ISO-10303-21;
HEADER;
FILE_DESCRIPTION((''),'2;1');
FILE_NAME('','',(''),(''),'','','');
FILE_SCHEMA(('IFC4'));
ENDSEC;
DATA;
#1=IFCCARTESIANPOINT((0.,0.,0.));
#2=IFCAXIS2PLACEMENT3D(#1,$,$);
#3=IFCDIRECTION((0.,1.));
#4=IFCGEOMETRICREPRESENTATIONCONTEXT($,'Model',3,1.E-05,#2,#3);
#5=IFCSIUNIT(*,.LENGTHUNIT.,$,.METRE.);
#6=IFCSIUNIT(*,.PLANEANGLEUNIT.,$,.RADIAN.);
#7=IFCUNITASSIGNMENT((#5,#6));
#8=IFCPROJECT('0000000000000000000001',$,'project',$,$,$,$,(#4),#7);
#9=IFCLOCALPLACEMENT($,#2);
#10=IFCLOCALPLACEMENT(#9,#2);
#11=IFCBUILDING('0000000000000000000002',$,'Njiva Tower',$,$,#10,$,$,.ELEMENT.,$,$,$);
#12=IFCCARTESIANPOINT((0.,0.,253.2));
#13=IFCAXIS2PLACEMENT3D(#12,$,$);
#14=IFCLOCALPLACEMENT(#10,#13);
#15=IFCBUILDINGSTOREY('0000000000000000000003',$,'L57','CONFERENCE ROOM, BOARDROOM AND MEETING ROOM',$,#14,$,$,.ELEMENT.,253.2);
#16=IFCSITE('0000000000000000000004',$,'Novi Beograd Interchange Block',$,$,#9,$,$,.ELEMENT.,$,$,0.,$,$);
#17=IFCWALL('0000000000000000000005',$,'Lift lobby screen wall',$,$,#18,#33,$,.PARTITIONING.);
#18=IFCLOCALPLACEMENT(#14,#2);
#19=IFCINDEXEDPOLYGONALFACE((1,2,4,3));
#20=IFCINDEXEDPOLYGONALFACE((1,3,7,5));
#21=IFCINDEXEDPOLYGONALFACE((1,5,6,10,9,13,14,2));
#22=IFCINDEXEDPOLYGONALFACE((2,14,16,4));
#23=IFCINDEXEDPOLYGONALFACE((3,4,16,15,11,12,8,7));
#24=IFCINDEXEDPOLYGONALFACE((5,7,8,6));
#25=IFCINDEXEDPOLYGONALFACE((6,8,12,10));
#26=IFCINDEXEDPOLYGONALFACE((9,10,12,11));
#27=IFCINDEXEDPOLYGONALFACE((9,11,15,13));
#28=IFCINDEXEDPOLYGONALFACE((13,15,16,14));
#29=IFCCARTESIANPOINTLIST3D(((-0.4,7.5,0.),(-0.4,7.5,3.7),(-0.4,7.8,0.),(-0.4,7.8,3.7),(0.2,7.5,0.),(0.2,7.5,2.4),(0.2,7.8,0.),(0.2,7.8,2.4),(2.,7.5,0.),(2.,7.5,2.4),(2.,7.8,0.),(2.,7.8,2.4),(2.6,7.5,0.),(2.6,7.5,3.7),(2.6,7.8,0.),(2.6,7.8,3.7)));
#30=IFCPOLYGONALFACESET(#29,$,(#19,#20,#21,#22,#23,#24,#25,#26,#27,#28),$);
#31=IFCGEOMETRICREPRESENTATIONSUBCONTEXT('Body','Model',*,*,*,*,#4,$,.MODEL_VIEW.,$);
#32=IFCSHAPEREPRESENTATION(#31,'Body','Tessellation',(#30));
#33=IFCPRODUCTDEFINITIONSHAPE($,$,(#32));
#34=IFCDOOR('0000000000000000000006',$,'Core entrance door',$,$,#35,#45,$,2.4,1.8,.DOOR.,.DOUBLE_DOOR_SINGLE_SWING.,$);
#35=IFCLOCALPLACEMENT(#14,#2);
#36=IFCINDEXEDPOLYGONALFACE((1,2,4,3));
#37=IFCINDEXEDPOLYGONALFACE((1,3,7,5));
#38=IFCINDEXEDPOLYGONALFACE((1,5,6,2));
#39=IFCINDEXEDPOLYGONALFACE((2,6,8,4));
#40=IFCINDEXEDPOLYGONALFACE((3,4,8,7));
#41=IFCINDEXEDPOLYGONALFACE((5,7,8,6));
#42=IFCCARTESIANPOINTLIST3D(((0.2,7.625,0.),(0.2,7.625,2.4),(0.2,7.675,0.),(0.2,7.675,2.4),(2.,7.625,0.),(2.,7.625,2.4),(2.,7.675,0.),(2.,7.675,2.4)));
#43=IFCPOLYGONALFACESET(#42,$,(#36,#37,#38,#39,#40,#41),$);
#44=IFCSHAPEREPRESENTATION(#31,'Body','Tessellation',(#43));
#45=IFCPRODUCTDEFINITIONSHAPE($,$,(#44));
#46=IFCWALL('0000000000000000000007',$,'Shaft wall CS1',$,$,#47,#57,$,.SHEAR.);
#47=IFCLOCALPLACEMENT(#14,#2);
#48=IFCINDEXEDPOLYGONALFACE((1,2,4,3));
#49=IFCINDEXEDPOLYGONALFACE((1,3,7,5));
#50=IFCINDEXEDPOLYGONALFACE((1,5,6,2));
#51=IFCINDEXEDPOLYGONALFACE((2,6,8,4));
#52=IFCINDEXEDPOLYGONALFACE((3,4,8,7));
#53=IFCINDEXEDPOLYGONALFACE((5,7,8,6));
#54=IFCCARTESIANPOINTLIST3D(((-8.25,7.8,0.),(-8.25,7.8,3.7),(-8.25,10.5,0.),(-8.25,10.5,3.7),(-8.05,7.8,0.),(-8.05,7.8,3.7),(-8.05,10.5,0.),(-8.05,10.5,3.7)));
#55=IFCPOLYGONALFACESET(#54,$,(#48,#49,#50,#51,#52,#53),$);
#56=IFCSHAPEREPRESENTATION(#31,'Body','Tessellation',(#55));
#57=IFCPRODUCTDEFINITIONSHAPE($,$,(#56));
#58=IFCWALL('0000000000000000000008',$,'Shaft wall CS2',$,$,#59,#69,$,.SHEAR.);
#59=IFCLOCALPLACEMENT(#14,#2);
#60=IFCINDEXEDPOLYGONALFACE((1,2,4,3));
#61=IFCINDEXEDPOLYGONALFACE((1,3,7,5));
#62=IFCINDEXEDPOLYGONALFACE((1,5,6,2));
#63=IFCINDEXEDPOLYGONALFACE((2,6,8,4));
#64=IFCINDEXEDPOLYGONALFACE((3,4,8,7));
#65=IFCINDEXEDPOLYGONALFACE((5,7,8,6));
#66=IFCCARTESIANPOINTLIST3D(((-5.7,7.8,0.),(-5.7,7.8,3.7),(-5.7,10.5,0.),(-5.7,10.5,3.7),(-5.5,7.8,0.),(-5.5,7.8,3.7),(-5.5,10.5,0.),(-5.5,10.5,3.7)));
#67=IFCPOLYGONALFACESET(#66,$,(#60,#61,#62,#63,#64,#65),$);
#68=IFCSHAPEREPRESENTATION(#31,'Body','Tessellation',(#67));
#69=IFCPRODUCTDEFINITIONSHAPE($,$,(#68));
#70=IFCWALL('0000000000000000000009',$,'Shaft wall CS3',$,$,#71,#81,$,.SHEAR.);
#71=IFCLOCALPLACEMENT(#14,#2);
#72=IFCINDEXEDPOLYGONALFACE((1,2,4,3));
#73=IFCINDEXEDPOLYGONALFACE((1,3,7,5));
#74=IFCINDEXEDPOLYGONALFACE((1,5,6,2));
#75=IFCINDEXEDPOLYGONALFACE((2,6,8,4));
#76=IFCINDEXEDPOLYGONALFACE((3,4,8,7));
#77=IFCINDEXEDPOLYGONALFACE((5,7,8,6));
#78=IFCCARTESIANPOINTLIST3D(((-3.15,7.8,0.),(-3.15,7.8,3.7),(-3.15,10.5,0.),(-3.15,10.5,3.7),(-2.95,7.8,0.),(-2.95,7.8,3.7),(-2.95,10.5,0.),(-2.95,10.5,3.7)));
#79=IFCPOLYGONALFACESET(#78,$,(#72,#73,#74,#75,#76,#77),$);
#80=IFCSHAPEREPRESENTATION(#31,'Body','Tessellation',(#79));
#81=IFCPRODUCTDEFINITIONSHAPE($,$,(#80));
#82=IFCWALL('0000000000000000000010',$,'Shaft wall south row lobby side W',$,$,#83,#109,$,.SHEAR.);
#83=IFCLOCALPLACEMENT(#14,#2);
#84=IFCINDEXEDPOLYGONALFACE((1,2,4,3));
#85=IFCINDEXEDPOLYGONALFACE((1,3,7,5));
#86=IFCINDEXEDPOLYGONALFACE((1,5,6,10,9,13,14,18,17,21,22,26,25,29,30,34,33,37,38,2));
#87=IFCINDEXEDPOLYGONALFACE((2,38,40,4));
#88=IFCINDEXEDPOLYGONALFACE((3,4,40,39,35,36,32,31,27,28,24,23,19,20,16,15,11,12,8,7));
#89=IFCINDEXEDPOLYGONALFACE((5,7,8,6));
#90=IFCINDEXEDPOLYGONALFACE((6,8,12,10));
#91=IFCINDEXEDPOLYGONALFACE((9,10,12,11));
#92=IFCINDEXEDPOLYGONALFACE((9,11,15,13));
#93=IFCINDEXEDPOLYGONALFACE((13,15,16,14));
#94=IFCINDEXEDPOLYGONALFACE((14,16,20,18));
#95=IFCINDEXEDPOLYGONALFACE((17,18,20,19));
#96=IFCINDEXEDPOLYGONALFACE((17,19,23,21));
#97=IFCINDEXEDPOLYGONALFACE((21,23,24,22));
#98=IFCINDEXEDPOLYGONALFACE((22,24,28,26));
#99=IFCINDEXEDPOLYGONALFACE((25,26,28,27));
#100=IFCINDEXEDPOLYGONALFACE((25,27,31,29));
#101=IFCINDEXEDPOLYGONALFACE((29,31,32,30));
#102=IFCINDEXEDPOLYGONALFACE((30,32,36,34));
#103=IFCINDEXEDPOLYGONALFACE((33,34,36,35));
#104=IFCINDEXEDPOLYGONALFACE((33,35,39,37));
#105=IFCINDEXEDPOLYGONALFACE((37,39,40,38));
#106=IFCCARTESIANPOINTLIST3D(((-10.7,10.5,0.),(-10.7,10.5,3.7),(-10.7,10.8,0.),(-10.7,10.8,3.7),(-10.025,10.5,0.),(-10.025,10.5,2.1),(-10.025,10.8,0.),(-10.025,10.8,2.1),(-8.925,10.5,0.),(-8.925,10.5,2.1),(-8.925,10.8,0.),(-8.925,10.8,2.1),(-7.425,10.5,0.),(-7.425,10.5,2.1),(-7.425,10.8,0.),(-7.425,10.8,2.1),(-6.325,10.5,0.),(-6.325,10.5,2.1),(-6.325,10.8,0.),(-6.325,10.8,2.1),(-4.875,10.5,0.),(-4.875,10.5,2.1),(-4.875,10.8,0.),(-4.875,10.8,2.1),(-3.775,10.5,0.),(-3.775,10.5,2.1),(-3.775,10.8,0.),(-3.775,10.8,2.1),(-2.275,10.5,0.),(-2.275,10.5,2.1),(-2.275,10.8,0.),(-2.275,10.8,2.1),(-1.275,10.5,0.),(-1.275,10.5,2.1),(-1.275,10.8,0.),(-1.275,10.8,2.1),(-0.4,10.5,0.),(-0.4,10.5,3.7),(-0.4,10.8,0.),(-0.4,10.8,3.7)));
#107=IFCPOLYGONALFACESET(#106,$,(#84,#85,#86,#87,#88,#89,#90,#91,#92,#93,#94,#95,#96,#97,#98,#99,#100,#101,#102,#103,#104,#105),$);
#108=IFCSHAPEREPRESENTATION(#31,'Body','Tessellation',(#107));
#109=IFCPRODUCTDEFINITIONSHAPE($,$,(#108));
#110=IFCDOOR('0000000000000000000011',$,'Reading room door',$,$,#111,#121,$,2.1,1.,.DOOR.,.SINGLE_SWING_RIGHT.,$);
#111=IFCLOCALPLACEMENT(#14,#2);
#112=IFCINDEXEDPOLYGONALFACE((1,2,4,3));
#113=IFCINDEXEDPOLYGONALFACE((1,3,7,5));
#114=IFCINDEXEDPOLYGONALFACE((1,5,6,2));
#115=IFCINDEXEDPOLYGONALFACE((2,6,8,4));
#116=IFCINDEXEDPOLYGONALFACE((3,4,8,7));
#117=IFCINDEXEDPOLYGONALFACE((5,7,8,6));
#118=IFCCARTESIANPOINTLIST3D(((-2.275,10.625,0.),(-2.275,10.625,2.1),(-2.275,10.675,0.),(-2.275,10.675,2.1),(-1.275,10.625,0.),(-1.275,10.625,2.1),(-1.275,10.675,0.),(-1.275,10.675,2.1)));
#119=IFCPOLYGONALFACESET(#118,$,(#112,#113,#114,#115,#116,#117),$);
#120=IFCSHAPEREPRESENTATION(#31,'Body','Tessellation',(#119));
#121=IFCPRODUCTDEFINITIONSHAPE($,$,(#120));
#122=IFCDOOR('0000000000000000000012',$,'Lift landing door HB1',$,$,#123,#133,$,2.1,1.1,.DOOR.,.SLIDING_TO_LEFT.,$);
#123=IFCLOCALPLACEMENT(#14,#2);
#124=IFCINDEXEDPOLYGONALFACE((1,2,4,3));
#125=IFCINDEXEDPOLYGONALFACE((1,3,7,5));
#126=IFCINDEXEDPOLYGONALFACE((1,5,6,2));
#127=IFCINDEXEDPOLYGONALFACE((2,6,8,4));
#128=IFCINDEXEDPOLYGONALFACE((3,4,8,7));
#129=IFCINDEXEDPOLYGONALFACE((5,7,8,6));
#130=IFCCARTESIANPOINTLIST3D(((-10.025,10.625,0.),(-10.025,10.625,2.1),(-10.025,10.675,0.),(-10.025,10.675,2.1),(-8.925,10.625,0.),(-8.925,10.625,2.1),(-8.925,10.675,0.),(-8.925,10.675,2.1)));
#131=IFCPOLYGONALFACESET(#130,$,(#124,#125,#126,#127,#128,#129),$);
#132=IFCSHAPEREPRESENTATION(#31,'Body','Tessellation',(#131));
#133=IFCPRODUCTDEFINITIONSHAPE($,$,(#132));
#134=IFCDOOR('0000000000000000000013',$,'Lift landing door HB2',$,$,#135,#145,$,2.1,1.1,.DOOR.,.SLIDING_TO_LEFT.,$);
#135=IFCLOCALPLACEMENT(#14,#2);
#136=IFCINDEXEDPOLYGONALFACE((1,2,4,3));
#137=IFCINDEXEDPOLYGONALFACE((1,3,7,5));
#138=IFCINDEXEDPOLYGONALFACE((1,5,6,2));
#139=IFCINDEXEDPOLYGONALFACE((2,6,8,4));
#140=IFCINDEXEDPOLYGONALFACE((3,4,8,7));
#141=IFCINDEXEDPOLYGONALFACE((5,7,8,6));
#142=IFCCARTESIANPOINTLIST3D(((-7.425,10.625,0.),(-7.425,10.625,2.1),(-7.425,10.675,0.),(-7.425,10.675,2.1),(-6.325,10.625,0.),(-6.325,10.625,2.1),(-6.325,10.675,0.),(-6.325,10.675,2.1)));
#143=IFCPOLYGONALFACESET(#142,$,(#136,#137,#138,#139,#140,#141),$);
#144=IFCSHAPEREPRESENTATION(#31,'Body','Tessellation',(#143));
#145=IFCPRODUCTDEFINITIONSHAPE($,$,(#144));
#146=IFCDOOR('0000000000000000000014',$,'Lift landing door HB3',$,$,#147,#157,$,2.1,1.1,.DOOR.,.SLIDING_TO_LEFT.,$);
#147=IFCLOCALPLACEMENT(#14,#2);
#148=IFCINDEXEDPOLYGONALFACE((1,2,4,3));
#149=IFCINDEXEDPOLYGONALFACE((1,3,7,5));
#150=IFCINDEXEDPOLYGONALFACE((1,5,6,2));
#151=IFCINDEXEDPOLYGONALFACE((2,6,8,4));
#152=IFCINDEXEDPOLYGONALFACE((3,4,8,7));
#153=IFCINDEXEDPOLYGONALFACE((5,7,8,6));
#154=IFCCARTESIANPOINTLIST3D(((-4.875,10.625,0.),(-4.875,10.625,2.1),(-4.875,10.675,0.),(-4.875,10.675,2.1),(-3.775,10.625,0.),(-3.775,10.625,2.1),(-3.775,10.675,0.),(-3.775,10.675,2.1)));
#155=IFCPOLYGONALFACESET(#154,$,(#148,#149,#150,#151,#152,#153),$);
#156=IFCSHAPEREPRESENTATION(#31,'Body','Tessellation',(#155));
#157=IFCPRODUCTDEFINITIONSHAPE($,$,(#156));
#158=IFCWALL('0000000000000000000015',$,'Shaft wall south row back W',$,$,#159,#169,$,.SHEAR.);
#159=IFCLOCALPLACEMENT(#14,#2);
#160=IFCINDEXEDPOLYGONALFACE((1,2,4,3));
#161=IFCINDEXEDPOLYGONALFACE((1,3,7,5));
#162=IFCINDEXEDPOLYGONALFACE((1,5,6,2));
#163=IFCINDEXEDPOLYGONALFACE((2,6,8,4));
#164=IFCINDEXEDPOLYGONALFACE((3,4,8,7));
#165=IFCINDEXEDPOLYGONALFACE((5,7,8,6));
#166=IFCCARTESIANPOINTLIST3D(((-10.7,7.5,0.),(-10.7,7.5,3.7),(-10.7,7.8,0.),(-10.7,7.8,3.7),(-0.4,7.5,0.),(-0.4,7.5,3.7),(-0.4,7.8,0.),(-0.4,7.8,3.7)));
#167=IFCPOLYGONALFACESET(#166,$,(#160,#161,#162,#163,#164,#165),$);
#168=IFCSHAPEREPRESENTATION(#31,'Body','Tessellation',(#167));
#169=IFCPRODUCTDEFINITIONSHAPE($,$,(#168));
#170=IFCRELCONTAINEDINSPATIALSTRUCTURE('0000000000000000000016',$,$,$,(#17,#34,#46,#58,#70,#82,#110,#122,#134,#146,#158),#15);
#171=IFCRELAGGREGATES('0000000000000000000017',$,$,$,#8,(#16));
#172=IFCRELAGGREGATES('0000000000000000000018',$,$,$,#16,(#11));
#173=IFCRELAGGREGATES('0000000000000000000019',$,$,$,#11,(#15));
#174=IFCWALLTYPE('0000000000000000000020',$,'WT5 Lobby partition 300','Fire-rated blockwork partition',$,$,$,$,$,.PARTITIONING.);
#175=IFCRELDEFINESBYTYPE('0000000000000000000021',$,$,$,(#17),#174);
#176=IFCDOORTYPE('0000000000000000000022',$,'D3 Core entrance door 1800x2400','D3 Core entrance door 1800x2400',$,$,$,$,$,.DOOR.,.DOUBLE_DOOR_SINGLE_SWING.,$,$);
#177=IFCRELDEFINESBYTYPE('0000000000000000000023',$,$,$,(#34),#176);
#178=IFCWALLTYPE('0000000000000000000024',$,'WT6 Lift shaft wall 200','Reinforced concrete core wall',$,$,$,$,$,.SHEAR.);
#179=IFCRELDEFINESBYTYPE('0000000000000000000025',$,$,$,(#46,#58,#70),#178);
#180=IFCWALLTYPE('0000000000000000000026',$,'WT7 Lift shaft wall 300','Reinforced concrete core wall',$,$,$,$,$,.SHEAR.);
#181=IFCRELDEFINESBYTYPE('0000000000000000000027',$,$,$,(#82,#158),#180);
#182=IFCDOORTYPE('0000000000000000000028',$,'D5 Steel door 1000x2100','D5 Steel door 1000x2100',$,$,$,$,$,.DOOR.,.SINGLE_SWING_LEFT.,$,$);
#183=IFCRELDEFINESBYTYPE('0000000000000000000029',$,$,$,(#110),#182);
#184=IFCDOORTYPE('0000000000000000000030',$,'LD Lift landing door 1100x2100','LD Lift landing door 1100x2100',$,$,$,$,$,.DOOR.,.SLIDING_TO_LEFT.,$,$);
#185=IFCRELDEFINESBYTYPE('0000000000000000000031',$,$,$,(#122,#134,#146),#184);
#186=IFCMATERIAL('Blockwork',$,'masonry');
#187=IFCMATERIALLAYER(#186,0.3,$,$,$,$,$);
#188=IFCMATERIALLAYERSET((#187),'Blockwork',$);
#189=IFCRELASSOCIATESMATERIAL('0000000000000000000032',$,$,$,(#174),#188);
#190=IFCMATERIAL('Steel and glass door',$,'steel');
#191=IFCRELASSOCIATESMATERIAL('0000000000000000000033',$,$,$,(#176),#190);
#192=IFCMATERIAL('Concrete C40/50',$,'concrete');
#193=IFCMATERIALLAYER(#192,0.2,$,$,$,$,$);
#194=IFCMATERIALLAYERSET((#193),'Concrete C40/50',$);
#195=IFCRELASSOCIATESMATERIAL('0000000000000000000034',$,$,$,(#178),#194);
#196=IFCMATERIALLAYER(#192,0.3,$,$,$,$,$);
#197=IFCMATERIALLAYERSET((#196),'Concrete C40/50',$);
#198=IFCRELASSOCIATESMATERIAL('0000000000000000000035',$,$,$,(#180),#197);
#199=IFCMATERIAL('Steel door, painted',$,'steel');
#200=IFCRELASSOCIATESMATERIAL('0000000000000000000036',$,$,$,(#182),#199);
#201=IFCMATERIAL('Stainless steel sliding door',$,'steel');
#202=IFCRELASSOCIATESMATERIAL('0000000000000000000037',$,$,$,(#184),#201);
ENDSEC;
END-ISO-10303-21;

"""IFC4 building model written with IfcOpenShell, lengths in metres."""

from ifc_helpers import new_model, si_unit, direction, frame, frame_2d, origin, place, context, subcontext, project, spatial, rectangle, extrude, material, layer, layer_set, type_object, element, fill, save


model = new_model("IFC4")

# Units and contexts
model_context = context("Model", 3, precision=1e-05, world=origin(), true_north=direction((0.0, 1.0)))
body_context = subcontext(model_context, "Body", "Model", "MODEL_VIEW")
ifc_project = project(units=[si_unit("LENGTHUNIT", "METRE"), si_unit("PLANEANGLEUNIT", "RADIAN")], contexts=[model_context])

# Site, building, storey
site_placement = place(None, origin())
site = spatial("IfcSite", under=ifc_project, at=site_placement, Name="Novi Beograd Interchange Block", CompositionType="ELEMENT", RefElevation=0.0)
building_placement = place(site_placement, origin())
building = spatial("IfcBuilding", under=site, at=building_placement, Name="Njiva Tower", CompositionType="ELEMENT")
storey_placement = place(building_placement, frame((0.0, 0.0, 253.2)))
storey = spatial("IfcBuildingStorey", under=building, at=storey_placement, Name="L57", Description="CONFERENCE ROOM, BOARDROOM AND MEETING ROOM", CompositionType="ELEMENT", Elevation=253.2)

# Shared definitions
ifc_material_1 = material(Name="Blockwork", Category="masonry")

# Shared definitions
ifc_material_2 = material(Name="Concrete C40/50", Category="concrete")
ifc_material_3 = material(Name="Steel door, painted", Category="steel")

# Wall, opening, door
ifc_layer_1 = layer(ifc_material_1, 0.3)
ifc_layer_set_1 = layer_set([ifc_layer_1], Name="Blockwork")
wall_type_1 = type_object("IfcWallType", Name="WT5 Lobby partition 300", Description="Fire-rated blockwork partition", PredefinedType="PARTITIONING", material=ifc_layer_set_1)
wall_1_placement = place(storey_placement, frame((-0.4, 7.65, 0.0), z_axis=(0.0, 0.0, 1.0), x_axis=(1.0, 0.0, 0.0)))
wall_1 = element("IfcWall", 1, at=wall_1_placement, inside=storey, type_object=wall_type_1, Name="Lift lobby screen wall", PredefinedType="PARTITIONING", context=body_context, shape_type="SweptSolid", body=[
    extrude(rectangle(XDim=3.0, YDim=0.3, at=frame_2d((1.5, 0.0))), origin(), (0.0, 0.0, 1.0), 3.7),
])
opening_1_placement = place(wall_1_placement, frame((0.6, 0.0, 0.0)))
opening_1 = element("IfcOpeningElement", 2, at=opening_1_placement, cuts=wall_1, PredefinedType="OPENING", context=body_context, shape_type="SweptSolid", body=[
    extrude(rectangle(XDim=1.8, YDim=2.4, at=frame_2d((0.9, 1.2))), frame((0.0, 0.16, 0.0), z_axis=(0.0, -1.0, 0.0), x_axis=(1.0, 0.0, 0.0)), (0.0, 0.0, 1.0), 0.32),
])
ifc_material_4 = material(Name="Steel and glass door", Category="steel")
door_type_1 = type_object("IfcDoorType", Name="D3 Core entrance door 1800x2400", Description="D3 Core entrance door 1800x2400", OperationType="DOUBLE_DOOR_SINGLE_SWING", PredefinedType="DOOR", material=ifc_material_4)
door_1_placement = place(opening_1_placement, origin())
door_1 = element("IfcDoor", 3, at=door_1_placement, inside=storey, type_object=door_type_1, Name="Core entrance door", OperationType="DOUBLE_DOOR_SINGLE_SWING", OverallHeight=2.4, OverallWidth=1.8, PredefinedType="DOOR", context=body_context, shape_type="SweptSolid", body=[
    extrude(rectangle(XDim=1.8, YDim=2.4, at=frame_2d((0.9, 1.2))), frame((0.0, 0.025, 0.0), z_axis=(0.0, -1.0, 0.0), x_axis=(1.0, 0.0, 0.0)), (0.0, 0.0, 1.0), 0.05),
])
fill(opening_1, door_1)

# Walls
ifc_layer_2 = layer(ifc_material_2, 0.2)
ifc_layer_set_2 = layer_set([ifc_layer_2], Name="Concrete C40/50")
wall_type_2 = type_object("IfcWallType", Name="WT6 Lift shaft wall 200", Description="Reinforced concrete core wall", PredefinedType="SHEAR", material=ifc_layer_set_2)
for number, where, z_axis, x_axis, name in (
    (4, (-8.15, 7.8, 0.0), (0.0, 0.0, 1.0), (0.0, 1.0, 0.0), "Shaft wall CS1"),
    (5, (-5.6, 7.8, 0.0), (0.0, 0.0, 1.0), (0.0, 1.0, 0.0), "Shaft wall CS2"),
    (6, (-3.05, 7.8, 0.0), (0.0, 0.0, 1.0), (0.0, 1.0, 0.0), "Shaft wall CS3"),
):
    element("IfcWall", number, at=place(storey_placement, frame(where, z_axis=z_axis, x_axis=x_axis)), inside=storey, type_object=wall_type_2, Name=name, PredefinedType="SHEAR", context=body_context, shape_type="SweptSolid", body=[
        extrude(rectangle(XDim=2.7, YDim=0.2, at=frame_2d((1.35, 0.0))), origin(), (0.0, 0.0, 1.0), 3.7),
    ])

# Wall, openings, doors
ifc_layer_3 = layer(ifc_material_2, 0.3)
ifc_layer_set_3 = layer_set([ifc_layer_3], Name="Concrete C40/50")
wall_type_3 = type_object("IfcWallType", Name="WT7 Lift shaft wall 300", Description="Reinforced concrete core wall", PredefinedType="SHEAR", material=ifc_layer_set_3)
wall_2_placement = place(storey_placement, frame((-10.7, 10.65, 0.0), z_axis=(0.0, 0.0, 1.0), x_axis=(1.0, 0.0, 0.0)))
wall_2 = element("IfcWall", 7, at=wall_2_placement, inside=storey, type_object=wall_type_3, Name="Shaft wall south row lobby side W", PredefinedType="SHEAR", context=body_context, shape_type="SweptSolid", body=[
    extrude(rectangle(XDim=10.3, YDim=0.3, at=frame_2d((5.15, 0.0))), origin(), (0.0, 0.0, 1.0), 3.7),
])
opening_2_placement = place(wall_2_placement, frame((0.675, 0.0, 0.0)))
opening_2 = element("IfcOpeningElement", 8, at=opening_2_placement, cuts=wall_2, PredefinedType="OPENING", context=body_context, shape_type="SweptSolid", body=[
    extrude(rectangle(XDim=1.1, YDim=2.1, at=frame_2d((0.55, 1.05))), frame((0.0, 0.16, 0.0), z_axis=(0.0, -1.0, 0.0), x_axis=(1.0, 0.0, 0.0)), (0.0, 0.0, 1.0), 0.32),
])
opening_3_placement = place(wall_2_placement, frame((3.275, 0.0, 0.0)))
opening_3 = element("IfcOpeningElement", 9, at=opening_3_placement, cuts=wall_2, PredefinedType="OPENING", context=body_context, shape_type="SweptSolid", body=[
    extrude(rectangle(XDim=1.1, YDim=2.1, at=frame_2d((0.55, 1.05))), frame((0.0, 0.16, 0.0), z_axis=(0.0, -1.0, 0.0), x_axis=(1.0, 0.0, 0.0)), (0.0, 0.0, 1.0), 0.32),
])
opening_4_placement = place(wall_2_placement, frame((5.825, 0.0, 0.0)))
opening_4 = element("IfcOpeningElement", 10, at=opening_4_placement, cuts=wall_2, PredefinedType="OPENING", context=body_context, shape_type="SweptSolid", body=[
    extrude(rectangle(XDim=1.1, YDim=2.1, at=frame_2d((0.55, 1.05))), frame((0.0, 0.16, 0.0), z_axis=(0.0, -1.0, 0.0), x_axis=(1.0, 0.0, 0.0)), (0.0, 0.0, 1.0), 0.32),
])
opening_5_placement = place(wall_2_placement, frame((8.425, 0.0, 0.0)))
opening_5 = element("IfcOpeningElement", 11, at=opening_5_placement, cuts=wall_2, PredefinedType="OPENING", context=body_context, shape_type="SweptSolid", body=[
    extrude(rectangle(XDim=1.0, YDim=2.1, at=frame_2d((0.5, 1.05))), frame((0.0, 0.16, 0.0), z_axis=(0.0, -1.0, 0.0), x_axis=(1.0, 0.0, 0.0)), (0.0, 0.0, 1.0), 0.32),
])
door_type_2 = type_object("IfcDoorType", Name="D5 Steel door 1000x2100", Description="D5 Steel door 1000x2100", OperationType="SINGLE_SWING_LEFT", PredefinedType="DOOR", material=ifc_material_3)
door_2_placement = place(opening_5_placement, origin())
door_2 = element("IfcDoor", 12, at=door_2_placement, inside=storey, type_object=door_type_2, Name="Reading room door", OperationType="SINGLE_SWING_RIGHT", OverallHeight=2.1, OverallWidth=1.0, PredefinedType="DOOR", context=body_context, shape_type="SweptSolid", body=[
    extrude(rectangle(XDim=1.0, YDim=2.1, at=frame_2d((0.5, 1.05))), frame((0.0, 0.025, 0.0), z_axis=(0.0, -1.0, 0.0), x_axis=(1.0, 0.0, 0.0)), (0.0, 0.0, 1.0), 0.05),
])
fill(opening_5, door_2)
ifc_material_5 = material(Name="Stainless steel sliding door", Category="steel")
door_type_3 = type_object("IfcDoorType", Name="LD Lift landing door 1100x2100", Description="LD Lift landing door 1100x2100", OperationType="SLIDING_TO_LEFT", PredefinedType="DOOR", material=ifc_material_5)
door_3_placement = place(opening_2_placement, origin())
door_3 = element("IfcDoor", 13, at=door_3_placement, inside=storey, type_object=door_type_3, Name="Lift landing door HB1", OperationType="SLIDING_TO_LEFT", OverallHeight=2.1, OverallWidth=1.1, PredefinedType="DOOR", context=body_context, shape_type="SweptSolid", body=[
    extrude(rectangle(XDim=1.1, YDim=2.1, at=frame_2d((0.55, 1.05))), frame((0.0, 0.025, 0.0), z_axis=(0.0, -1.0, 0.0), x_axis=(1.0, 0.0, 0.0)), (0.0, 0.0, 1.0), 0.05),
])
fill(opening_2, door_3)
door_4_placement = place(opening_3_placement, origin())
door_4 = element("IfcDoor", 14, at=door_4_placement, inside=storey, type_object=door_type_3, Name="Lift landing door HB2", OperationType="SLIDING_TO_LEFT", OverallHeight=2.1, OverallWidth=1.1, PredefinedType="DOOR", context=body_context, shape_type="SweptSolid", body=[
    extrude(rectangle(XDim=1.1, YDim=2.1, at=frame_2d((0.55, 1.05))), frame((0.0, 0.025, 0.0), z_axis=(0.0, -1.0, 0.0), x_axis=(1.0, 0.0, 0.0)), (0.0, 0.0, 1.0), 0.05),
])
fill(opening_3, door_4)
door_5_placement = place(opening_4_placement, origin())
door_5 = element("IfcDoor", 15, at=door_5_placement, inside=storey, type_object=door_type_3, Name="Lift landing door HB3", OperationType="SLIDING_TO_LEFT", OverallHeight=2.1, OverallWidth=1.1, PredefinedType="DOOR", context=body_context, shape_type="SweptSolid", body=[
    extrude(rectangle(XDim=1.1, YDim=2.1, at=frame_2d((0.55, 1.05))), frame((0.0, 0.025, 0.0), z_axis=(0.0, -1.0, 0.0), x_axis=(1.0, 0.0, 0.0)), (0.0, 0.0, 1.0), 0.05),
])
fill(opening_4, door_5)

# Wall
wall_3_placement = place(storey_placement, frame((-10.7, 7.65, 0.0), z_axis=(0.0, 0.0, 1.0), x_axis=(1.0, 0.0, 0.0)))
element("IfcWall", 16, at=wall_3_placement, inside=storey, type_object=wall_type_3, Name="Shaft wall south row back W", PredefinedType="SHEAR", context=body_context, shape_type="SweptSolid", body=[
    extrude(rectangle(XDim=10.3, YDim=0.3, at=frame_2d((5.15, 0.0))), origin(), (0.0, 0.0, 1.0), 3.7),
])

save(model, "model.ifc")
